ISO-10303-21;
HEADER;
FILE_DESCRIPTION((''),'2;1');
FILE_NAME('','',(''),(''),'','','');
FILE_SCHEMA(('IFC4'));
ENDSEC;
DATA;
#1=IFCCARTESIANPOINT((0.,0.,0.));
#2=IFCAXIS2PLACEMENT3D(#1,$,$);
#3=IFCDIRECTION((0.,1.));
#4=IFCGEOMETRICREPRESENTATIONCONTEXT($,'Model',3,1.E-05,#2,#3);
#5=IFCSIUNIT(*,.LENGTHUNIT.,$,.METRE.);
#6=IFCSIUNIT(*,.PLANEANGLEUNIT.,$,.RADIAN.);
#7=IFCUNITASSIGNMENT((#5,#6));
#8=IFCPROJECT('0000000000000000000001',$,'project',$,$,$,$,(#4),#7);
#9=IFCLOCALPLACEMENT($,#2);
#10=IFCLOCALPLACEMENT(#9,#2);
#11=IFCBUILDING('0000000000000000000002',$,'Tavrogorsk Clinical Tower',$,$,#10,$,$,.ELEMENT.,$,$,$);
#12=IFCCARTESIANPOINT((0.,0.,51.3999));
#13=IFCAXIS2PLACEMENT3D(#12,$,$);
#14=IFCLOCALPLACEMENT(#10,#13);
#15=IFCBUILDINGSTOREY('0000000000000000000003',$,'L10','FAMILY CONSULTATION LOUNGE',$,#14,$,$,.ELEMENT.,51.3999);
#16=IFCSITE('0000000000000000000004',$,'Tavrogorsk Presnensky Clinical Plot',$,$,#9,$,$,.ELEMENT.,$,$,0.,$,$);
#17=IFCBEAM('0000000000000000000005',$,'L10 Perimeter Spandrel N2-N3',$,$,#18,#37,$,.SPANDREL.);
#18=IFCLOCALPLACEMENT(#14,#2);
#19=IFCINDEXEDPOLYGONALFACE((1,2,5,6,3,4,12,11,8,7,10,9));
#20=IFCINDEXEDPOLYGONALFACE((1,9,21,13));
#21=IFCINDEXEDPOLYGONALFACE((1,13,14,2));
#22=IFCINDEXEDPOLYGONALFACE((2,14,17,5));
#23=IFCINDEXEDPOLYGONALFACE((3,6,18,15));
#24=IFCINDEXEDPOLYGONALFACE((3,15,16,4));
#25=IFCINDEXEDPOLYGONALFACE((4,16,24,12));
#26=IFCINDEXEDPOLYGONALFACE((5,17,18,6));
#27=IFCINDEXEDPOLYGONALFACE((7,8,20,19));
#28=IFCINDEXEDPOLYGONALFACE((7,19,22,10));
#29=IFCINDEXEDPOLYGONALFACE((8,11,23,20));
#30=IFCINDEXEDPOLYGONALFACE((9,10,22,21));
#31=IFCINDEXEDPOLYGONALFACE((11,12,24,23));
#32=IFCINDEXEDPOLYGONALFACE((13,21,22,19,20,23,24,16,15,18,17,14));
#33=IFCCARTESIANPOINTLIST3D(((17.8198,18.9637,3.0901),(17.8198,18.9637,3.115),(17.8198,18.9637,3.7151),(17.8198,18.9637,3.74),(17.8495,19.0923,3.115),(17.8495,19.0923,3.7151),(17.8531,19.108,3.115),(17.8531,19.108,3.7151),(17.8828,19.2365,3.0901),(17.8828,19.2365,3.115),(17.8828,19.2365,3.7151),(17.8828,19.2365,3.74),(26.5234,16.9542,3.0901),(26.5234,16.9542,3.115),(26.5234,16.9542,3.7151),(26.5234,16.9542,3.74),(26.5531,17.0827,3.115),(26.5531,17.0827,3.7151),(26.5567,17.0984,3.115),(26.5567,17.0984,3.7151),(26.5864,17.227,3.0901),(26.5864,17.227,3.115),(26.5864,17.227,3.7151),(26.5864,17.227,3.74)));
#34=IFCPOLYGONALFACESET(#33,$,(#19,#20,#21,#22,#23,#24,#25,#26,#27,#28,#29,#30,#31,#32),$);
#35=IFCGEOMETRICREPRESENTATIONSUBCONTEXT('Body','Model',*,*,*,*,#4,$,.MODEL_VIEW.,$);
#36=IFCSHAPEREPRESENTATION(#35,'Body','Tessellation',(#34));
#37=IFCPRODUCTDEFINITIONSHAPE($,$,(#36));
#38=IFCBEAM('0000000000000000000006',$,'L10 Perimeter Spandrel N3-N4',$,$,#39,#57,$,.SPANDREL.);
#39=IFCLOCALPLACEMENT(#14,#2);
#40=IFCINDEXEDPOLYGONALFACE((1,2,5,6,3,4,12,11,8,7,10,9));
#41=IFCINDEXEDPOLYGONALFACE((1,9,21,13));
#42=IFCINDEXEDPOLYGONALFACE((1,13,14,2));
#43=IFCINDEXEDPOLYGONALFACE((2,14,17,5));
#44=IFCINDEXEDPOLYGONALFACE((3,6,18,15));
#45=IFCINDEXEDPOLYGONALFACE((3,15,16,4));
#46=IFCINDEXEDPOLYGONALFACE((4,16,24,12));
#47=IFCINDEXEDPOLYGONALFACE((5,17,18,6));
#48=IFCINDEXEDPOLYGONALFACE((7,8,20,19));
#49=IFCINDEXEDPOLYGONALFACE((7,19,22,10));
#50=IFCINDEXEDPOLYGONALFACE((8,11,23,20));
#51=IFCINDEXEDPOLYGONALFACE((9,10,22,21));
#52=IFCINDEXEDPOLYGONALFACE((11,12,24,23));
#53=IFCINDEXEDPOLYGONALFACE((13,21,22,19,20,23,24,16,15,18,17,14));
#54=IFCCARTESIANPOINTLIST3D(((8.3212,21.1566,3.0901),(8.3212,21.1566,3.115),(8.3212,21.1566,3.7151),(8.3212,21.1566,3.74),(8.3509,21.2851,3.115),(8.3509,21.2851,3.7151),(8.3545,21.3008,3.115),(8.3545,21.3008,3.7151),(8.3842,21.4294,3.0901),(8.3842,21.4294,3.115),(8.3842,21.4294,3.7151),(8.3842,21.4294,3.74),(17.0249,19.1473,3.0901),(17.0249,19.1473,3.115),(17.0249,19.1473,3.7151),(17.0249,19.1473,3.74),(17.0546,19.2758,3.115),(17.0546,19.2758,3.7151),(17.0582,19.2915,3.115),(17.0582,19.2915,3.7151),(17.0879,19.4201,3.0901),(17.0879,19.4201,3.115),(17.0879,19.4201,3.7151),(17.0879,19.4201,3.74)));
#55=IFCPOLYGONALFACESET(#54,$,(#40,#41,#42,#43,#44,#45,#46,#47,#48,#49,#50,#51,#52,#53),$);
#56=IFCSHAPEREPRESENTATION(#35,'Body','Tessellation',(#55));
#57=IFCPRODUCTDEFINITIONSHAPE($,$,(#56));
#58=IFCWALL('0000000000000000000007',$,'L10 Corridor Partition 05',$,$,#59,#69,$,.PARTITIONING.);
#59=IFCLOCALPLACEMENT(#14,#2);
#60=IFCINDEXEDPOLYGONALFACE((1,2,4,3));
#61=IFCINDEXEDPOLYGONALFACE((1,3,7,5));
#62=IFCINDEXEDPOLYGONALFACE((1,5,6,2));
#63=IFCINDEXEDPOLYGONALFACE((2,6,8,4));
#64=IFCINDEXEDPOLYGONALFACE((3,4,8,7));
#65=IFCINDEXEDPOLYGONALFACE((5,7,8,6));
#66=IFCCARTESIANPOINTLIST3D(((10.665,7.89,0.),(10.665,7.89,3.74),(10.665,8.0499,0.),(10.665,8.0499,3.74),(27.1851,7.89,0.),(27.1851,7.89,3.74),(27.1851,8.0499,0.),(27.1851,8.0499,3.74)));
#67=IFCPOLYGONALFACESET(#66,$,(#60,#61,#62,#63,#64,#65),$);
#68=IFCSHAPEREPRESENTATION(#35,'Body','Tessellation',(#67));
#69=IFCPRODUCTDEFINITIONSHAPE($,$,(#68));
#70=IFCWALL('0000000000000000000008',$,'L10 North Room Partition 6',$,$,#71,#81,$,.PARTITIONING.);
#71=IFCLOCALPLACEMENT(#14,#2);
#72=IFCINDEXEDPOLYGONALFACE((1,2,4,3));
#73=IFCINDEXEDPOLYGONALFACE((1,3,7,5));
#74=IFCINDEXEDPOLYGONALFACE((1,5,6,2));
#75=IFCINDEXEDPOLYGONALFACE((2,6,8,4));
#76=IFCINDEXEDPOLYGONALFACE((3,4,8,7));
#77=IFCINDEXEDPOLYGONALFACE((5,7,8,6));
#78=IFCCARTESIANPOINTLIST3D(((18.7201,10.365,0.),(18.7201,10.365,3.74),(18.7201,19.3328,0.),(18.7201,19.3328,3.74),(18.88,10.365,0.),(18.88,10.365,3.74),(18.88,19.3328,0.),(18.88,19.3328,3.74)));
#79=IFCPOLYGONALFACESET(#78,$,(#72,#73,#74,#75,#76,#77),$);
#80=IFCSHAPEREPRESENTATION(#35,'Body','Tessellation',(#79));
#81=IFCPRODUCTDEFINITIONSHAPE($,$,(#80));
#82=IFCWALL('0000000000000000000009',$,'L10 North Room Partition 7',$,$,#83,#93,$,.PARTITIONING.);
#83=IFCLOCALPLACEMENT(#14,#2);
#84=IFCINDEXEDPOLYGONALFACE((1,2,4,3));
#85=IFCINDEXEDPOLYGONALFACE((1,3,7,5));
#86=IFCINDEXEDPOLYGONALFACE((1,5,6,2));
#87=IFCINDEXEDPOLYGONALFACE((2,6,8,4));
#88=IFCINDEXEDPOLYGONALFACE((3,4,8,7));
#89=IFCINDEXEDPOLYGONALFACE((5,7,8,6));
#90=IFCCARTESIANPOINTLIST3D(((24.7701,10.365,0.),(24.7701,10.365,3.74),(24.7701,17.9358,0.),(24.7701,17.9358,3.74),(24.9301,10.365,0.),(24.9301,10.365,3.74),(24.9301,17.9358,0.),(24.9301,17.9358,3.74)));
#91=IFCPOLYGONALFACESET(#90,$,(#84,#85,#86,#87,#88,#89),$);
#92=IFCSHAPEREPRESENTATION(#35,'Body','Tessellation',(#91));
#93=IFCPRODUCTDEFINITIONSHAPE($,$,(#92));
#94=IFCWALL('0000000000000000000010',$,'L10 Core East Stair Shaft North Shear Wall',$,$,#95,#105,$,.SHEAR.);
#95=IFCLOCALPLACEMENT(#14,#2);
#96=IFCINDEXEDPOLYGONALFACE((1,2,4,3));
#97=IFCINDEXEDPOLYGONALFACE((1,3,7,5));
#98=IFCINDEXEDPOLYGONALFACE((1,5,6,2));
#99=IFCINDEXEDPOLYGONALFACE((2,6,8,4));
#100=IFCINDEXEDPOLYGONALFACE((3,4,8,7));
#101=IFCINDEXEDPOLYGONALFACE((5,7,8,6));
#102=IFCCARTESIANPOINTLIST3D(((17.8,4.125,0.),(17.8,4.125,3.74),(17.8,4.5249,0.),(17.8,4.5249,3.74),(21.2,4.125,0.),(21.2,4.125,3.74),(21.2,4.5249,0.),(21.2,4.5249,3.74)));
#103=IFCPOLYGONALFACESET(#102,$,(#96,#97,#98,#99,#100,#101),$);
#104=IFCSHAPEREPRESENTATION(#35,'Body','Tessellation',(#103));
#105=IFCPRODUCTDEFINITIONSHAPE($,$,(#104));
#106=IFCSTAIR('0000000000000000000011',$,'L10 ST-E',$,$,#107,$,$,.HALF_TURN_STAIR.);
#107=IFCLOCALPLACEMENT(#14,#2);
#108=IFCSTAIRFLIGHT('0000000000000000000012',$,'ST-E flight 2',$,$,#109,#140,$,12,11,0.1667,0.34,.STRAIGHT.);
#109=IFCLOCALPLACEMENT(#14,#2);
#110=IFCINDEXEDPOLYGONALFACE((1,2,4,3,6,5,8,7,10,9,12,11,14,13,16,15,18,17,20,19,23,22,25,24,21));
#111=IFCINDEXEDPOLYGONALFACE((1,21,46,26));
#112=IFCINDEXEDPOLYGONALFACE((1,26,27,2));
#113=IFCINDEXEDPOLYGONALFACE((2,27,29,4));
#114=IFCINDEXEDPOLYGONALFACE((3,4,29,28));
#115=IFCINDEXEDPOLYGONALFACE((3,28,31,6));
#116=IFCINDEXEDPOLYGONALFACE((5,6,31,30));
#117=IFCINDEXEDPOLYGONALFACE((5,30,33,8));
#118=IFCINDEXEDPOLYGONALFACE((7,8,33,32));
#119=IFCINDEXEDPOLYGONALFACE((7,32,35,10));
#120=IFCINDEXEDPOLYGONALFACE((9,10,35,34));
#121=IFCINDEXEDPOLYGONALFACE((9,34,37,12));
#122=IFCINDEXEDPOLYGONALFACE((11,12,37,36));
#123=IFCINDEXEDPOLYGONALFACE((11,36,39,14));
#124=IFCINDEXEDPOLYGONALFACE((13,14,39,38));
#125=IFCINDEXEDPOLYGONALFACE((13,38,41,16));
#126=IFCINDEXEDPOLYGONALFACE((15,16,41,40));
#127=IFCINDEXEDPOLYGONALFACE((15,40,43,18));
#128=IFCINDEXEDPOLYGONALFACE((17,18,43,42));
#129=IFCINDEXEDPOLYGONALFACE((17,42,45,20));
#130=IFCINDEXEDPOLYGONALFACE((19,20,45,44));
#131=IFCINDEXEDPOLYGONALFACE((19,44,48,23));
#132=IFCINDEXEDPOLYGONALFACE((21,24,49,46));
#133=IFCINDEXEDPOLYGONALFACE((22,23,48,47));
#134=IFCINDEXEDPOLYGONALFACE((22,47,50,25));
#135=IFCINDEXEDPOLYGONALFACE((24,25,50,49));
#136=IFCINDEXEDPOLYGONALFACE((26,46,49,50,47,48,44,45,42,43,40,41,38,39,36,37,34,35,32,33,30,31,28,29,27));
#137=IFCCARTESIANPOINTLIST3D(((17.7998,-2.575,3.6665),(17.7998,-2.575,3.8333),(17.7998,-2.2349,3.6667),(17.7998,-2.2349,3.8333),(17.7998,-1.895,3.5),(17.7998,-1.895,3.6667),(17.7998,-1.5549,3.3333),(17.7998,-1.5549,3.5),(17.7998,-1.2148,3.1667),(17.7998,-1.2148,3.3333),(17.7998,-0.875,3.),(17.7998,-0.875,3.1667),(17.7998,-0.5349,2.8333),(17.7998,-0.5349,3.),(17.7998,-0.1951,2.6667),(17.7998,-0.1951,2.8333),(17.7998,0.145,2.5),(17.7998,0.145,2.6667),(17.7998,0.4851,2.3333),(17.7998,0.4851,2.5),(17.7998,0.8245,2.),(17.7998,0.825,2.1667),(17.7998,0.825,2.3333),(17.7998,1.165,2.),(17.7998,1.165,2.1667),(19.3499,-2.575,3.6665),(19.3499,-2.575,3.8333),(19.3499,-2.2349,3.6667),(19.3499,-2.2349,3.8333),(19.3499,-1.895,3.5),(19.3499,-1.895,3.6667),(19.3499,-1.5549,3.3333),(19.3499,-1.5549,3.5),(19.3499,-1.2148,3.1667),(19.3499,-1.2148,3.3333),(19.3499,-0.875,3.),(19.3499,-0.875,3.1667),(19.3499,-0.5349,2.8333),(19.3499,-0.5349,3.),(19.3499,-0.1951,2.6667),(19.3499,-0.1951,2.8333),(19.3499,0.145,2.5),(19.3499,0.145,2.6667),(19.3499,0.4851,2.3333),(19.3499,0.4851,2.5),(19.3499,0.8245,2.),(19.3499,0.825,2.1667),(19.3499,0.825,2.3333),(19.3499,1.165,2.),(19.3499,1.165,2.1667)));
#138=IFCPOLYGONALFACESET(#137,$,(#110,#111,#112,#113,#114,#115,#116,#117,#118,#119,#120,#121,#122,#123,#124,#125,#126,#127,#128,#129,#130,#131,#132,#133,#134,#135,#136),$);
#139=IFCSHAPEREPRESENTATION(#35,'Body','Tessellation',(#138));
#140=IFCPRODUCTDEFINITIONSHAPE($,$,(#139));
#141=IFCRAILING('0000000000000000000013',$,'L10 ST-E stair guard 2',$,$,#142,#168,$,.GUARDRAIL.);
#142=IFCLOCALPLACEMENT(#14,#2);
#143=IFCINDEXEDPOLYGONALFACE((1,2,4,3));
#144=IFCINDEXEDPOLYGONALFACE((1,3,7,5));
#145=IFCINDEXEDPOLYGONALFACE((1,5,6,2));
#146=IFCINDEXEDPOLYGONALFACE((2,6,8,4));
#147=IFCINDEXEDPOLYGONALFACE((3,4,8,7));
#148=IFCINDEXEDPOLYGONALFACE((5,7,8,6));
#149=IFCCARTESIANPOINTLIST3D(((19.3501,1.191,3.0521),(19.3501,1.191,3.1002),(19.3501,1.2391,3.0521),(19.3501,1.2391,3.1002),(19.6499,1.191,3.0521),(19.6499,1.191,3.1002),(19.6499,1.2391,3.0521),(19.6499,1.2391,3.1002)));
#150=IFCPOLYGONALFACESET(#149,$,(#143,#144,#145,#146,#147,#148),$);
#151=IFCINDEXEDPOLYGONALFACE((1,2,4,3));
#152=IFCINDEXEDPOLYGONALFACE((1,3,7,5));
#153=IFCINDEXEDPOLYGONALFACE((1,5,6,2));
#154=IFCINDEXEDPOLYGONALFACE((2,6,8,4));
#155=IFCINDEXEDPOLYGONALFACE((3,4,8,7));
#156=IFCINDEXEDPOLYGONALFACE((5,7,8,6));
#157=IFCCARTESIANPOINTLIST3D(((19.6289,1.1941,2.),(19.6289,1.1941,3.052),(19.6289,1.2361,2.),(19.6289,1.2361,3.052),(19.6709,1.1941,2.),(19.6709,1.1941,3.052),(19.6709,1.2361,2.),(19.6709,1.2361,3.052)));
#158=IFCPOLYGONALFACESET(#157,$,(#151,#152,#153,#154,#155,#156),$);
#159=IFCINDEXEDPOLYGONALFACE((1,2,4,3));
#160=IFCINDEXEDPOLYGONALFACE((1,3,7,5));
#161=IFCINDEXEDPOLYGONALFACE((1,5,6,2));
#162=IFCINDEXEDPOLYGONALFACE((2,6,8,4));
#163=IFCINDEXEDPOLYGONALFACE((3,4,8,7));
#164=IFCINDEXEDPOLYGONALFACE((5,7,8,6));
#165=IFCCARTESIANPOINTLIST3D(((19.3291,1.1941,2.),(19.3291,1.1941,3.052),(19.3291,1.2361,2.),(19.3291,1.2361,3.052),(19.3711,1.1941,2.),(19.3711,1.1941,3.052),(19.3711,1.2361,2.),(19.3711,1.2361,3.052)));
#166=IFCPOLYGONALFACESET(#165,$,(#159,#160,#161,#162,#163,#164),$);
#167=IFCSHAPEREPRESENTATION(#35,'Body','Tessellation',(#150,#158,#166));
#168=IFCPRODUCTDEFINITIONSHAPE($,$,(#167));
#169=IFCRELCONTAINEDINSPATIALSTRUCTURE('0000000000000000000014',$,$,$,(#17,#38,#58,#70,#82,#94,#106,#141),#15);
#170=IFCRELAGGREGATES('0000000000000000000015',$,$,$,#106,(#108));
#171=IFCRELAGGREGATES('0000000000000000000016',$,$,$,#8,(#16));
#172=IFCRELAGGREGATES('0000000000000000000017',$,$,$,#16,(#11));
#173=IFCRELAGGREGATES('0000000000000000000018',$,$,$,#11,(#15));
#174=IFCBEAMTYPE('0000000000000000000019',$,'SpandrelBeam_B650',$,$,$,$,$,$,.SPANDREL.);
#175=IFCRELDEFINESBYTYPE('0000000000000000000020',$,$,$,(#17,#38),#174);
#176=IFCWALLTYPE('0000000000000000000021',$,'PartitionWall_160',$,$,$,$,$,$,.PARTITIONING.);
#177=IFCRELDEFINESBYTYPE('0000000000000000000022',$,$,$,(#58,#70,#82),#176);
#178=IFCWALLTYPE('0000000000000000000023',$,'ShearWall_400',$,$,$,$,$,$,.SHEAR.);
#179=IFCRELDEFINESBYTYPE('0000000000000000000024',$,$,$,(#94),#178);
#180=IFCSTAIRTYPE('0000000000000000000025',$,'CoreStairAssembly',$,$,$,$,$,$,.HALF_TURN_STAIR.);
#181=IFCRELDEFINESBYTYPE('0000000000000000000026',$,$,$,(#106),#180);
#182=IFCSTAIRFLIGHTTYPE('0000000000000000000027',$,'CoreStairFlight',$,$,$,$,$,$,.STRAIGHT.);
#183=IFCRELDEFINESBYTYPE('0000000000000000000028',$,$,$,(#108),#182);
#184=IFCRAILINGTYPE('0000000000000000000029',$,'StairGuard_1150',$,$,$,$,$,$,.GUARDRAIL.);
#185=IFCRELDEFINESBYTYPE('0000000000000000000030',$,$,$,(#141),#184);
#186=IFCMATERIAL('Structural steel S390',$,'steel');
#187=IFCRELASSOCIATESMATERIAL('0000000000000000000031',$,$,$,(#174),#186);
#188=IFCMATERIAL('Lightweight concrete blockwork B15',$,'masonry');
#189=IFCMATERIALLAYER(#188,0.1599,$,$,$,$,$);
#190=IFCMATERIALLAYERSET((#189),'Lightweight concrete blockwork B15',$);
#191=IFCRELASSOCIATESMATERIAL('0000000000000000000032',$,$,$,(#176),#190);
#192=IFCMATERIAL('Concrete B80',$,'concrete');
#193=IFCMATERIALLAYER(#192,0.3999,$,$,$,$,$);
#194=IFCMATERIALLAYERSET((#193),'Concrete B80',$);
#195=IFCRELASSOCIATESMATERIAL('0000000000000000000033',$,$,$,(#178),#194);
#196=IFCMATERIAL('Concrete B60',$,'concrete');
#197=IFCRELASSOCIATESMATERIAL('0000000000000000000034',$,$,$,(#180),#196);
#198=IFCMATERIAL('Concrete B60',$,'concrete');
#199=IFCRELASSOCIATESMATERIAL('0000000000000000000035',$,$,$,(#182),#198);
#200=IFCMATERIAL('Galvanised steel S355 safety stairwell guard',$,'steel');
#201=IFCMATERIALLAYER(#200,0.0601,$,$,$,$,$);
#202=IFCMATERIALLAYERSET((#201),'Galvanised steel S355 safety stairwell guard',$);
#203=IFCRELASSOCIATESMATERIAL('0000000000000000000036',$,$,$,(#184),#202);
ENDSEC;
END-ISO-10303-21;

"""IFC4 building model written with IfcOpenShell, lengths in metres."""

from ifc_helpers import new_model, si_unit, direction, frame, frame_2d, origin, origin_2d, place, context, subcontext, project, spatial, polyline, rectangle, i_section, outline, extrude, material, layer, layer_set, material_profile, profile_set, type_object, element, aggregate, save


model = new_model("IFC4")

# Units and contexts
model_context = context("Model", 3, precision=1e-05, world=origin(), true_north=direction((0.0, 1.0)))
body_context = subcontext(model_context, "Body", "Model", "MODEL_VIEW")
ifc_project = project(units=[si_unit("LENGTHUNIT", "METRE"), si_unit("PLANEANGLEUNIT", "RADIAN")], contexts=[model_context])

# Site, building, storey
site_placement = place(None, origin())
site = spatial("IfcSite", under=ifc_project, at=site_placement, Name="Tavrogorsk Presnensky Clinical Plot", CompositionType="ELEMENT", RefElevation=0.0)
building_placement = place(site_placement, origin())
building = spatial("IfcBuilding", under=site, at=building_placement, Name="Tavrogorsk Clinical Tower", CompositionType="ELEMENT")
storey_placement = place(building_placement, frame((0.0, 0.0, 51.3999)))
storey = spatial("IfcBuildingStorey", under=building, at=storey_placement, Name="L10", Description="FAMILY CONSULTATION LOUNGE", CompositionType="ELEMENT", Elevation=51.3999)

# Beams
ifc_material_1 = material(Name="Structural steel S390", Category="steel")
ifc_material_profile_1 = material_profile(ifc_material_1, i_section(OverallWidth=0.28, OverallDepth=0.6499, WebThickness=0.0161, FlangeThickness=0.0249, at=origin_2d()), Name="B-650x280x16x25")
ifc_profile_set_1 = profile_set([ifc_material_profile_1], Name="Structural steel S390")
beam_type_1 = type_object("IfcBeamType", Name="SpandrelBeam_B650", PredefinedType="SPANDREL", material=ifc_profile_set_1)
for number, where, z_axis, x_axis, name in (
    (1, (26.5549, 17.0906, 3.415), (-0.974367, 0.224965, 0.0), (-0.224965, -0.974367, 0.0), "L10 Perimeter Spandrel N2-N3"),
    (2, (17.0564, 19.2837, 3.415), (-0.974373, 0.224939, 0.0), (-0.224939, -0.974373, 0.0), "L10 Perimeter Spandrel N3-N4"),
):
    element("IfcBeam", number, at=place(storey_placement, frame(where, z_axis=z_axis, x_axis=x_axis)), inside=storey, type_object=beam_type_1, Name=name, PredefinedType="SPANDREL", context=body_context, shape_type="SweptSolid", body=[
        extrude(i_section(OverallWidth=0.28, OverallDepth=0.6499, WebThickness=0.0161, FlangeThickness=0.0249, at=origin_2d()), origin(), (0.0, 0.0, 1.0), 8.9326),
    ])

# Walls
ifc_material_2 = material(Name="Lightweight concrete blockwork B15", Category="masonry")
ifc_layer_1 = layer(ifc_material_2, 0.1599)
ifc_layer_set_1 = layer_set([ifc_layer_1], Name="Lightweight concrete blockwork B15")
wall_type_1 = type_object("IfcWallType", Name="PartitionWall_160", PredefinedType="PARTITIONING", material=ifc_layer_set_1)
wall_1_placement = place(storey_placement, frame((27.1851, 7.97, 0.0), z_axis=(0.0, 0.0, 1.0), x_axis=(-1.0, 0.0, 0.0)))
element("IfcWall", 3, at=wall_1_placement, inside=storey, type_object=wall_type_1, Name="L10 Corridor Partition 05", PredefinedType="PARTITIONING", context=body_context, shape_type="SweptSolid", body=[
    extrude(rectangle(XDim=16.52, YDim=0.1599, at=frame_2d((8.26, 0.0))), origin(), (0.0, 0.0, 1.0), 3.74),
])
wall_2_placement = place(storey_placement, frame((18.8, 10.365, 0.0), z_axis=(0.0, 0.0, 1.0), x_axis=(0.0, 1.0, 0.0)))
element("IfcWall", 4, at=wall_2_placement, inside=storey, type_object=wall_type_1, Name="L10 North Room Partition 6", PredefinedType="PARTITIONING", context=body_context, shape_type="SweptSolid", body=[
    extrude(rectangle(XDim=8.9678, YDim=0.1599, at=frame_2d((4.4839, 0.0))), origin(), (0.0, 0.0, 1.0), 3.74),
])
wall_3_placement = place(storey_placement, frame((24.8501, 10.365, 0.0), z_axis=(0.0, 0.0, 1.0), x_axis=(0.0, 1.0, 0.0)))
element("IfcWall", 5, at=wall_3_placement, inside=storey, type_object=wall_type_1, Name="L10 North Room Partition 7", PredefinedType="PARTITIONING", context=body_context, shape_type="SweptSolid", body=[
    extrude(rectangle(XDim=7.5708, YDim=0.1599, at=frame_2d((3.7854, 0.0))), origin(), (0.0, 0.0, 1.0), 3.74),
])
ifc_material_3 = material(Name="Concrete B80", Category="concrete")
ifc_layer_2 = layer(ifc_material_3, 0.3999)
ifc_layer_set_2 = layer_set([ifc_layer_2], Name="Concrete B80")
wall_type_2 = type_object("IfcWallType", Name="ShearWall_400", PredefinedType="SHEAR", material=ifc_layer_set_2)
wall_4_placement = place(storey_placement, frame((17.8, 4.325, 0.0), z_axis=(0.0, 0.0, 1.0), x_axis=(1.0, 0.0, 0.0)))
element("IfcWall", 6, at=wall_4_placement, inside=storey, type_object=wall_type_2, Name="L10 Core East Stair Shaft North Shear Wall", PredefinedType="SHEAR", context=body_context, shape_type="SweptSolid", body=[
    extrude(rectangle(XDim=3.3999, YDim=0.3999, at=frame_2d((1.7, 0.0))), origin(), (0.0, 0.0, 1.0), 3.74),
])

# Stair, stair flight
ifc_material_4 = material(Name="Concrete B60", Category="concrete")
stair_type = type_object("IfcStairType", Name="CoreStairAssembly", PredefinedType="HALF_TURN_STAIR", material=ifc_material_4)
stair_placement = place(storey_placement, origin())
stair = element("IfcStair", 7, at=stair_placement, inside=storey, type_object=stair_type, Name="L10 ST-E", PredefinedType="HALF_TURN_STAIR")
ifc_material_5 = material(Name="Concrete B60", Category="concrete")
stair_flight_type = type_object("IfcStairFlightType", Name="CoreStairFlight", PredefinedType="STRAIGHT", material=ifc_material_5)
stair_flight_placement = place(storey_placement, frame((18.575, 1.165, 2.0), z_axis=(0.0, 0.0, 1.0), x_axis=(0.0, -1.0, 0.0)))
stair_flight = element("IfcStairFlight", 8, at=stair_flight_placement, type_object=stair_flight_type, Name="ST-E flight 2", NumberOfRisers=12, NumberOfTreads=11, PredefinedType="STRAIGHT", RiserHeight=0.1667, TreadLength=0.34, context=body_context, shape_type="SweptSolid", body=[
    extrude(outline(polyline([(0.0, 0.0), (0.0, 0.1667), (0.3401, 0.1667), (0.3401, 0.3333), (0.6799, 0.3333), (0.6799, 0.5), (1.02, 0.5), (1.02, 0.6667), (1.3601, 0.6667), (1.3601, 0.8333), (1.7, 0.8333), (1.7, 1.0), (2.04, 1.0), (2.04, 1.1667), (2.3799, 1.1667), (2.3799, 1.3333), (2.72, 1.3333), (2.72, 1.5), (3.0601, 1.5), (3.0601, 1.6667), (3.3999, 1.6667), (3.3999, 1.8333), (3.74, 1.8333), (3.74, 2.0), (3.74, 1.6665), (0.3406, 0.0), (0.0, 0.0)])), frame((0.0, 0.7749, 0.0), z_axis=(0.0, -1.0, 0.0), x_axis=(1.0, 0.0, 0.0)), (0.0, 0.0, 1.0), 1.55),
])
aggregate(stair, [stair_flight])

# Railing
ifc_material_6 = material(Name="Galvanised steel S355 safety stairwell guard", Category="steel")
ifc_layer_3 = layer(ifc_material_6, 0.0601)
ifc_layer_set_3 = layer_set([ifc_layer_3], Name="Galvanised steel S355 safety stairwell guard")
railing_type_1 = type_object("IfcRailingType", Name="StairGuard_1150", PredefinedType="GUARDRAIL", material=ifc_layer_set_3)
railing_1_placement = place(storey_placement, frame((19.6499, 1.2151, 2.0)))
element("IfcRailing", 9, at=railing_1_placement, inside=storey, type_object=railing_type_1, Name="L10 ST-E stair guard 2", PredefinedType="GUARDRAIL", context=body_context, shape_type="SweptSolid", body=[
    extrude(rectangle(XDim=0.0481, YDim=0.0481, at=origin_2d()), frame((0.0, 0.0, 1.0762), z_axis=(-1.0, 0.0, 0.0), x_axis=(0.0, -1.0, 0.0)), (0.0, 0.0, 1.0), 0.2998),
    extrude(rectangle(XDim=0.042, YDim=0.042, at=origin_2d()), origin(), (0.0, 0.0, 1.0), 1.052),
    extrude(rectangle(XDim=0.042, YDim=0.042, at=origin_2d()), frame((-0.2998, 0.0, 0.0)), (0.0, 0.0, 1.0), 1.052),
])

save(model, "model.ifc")
